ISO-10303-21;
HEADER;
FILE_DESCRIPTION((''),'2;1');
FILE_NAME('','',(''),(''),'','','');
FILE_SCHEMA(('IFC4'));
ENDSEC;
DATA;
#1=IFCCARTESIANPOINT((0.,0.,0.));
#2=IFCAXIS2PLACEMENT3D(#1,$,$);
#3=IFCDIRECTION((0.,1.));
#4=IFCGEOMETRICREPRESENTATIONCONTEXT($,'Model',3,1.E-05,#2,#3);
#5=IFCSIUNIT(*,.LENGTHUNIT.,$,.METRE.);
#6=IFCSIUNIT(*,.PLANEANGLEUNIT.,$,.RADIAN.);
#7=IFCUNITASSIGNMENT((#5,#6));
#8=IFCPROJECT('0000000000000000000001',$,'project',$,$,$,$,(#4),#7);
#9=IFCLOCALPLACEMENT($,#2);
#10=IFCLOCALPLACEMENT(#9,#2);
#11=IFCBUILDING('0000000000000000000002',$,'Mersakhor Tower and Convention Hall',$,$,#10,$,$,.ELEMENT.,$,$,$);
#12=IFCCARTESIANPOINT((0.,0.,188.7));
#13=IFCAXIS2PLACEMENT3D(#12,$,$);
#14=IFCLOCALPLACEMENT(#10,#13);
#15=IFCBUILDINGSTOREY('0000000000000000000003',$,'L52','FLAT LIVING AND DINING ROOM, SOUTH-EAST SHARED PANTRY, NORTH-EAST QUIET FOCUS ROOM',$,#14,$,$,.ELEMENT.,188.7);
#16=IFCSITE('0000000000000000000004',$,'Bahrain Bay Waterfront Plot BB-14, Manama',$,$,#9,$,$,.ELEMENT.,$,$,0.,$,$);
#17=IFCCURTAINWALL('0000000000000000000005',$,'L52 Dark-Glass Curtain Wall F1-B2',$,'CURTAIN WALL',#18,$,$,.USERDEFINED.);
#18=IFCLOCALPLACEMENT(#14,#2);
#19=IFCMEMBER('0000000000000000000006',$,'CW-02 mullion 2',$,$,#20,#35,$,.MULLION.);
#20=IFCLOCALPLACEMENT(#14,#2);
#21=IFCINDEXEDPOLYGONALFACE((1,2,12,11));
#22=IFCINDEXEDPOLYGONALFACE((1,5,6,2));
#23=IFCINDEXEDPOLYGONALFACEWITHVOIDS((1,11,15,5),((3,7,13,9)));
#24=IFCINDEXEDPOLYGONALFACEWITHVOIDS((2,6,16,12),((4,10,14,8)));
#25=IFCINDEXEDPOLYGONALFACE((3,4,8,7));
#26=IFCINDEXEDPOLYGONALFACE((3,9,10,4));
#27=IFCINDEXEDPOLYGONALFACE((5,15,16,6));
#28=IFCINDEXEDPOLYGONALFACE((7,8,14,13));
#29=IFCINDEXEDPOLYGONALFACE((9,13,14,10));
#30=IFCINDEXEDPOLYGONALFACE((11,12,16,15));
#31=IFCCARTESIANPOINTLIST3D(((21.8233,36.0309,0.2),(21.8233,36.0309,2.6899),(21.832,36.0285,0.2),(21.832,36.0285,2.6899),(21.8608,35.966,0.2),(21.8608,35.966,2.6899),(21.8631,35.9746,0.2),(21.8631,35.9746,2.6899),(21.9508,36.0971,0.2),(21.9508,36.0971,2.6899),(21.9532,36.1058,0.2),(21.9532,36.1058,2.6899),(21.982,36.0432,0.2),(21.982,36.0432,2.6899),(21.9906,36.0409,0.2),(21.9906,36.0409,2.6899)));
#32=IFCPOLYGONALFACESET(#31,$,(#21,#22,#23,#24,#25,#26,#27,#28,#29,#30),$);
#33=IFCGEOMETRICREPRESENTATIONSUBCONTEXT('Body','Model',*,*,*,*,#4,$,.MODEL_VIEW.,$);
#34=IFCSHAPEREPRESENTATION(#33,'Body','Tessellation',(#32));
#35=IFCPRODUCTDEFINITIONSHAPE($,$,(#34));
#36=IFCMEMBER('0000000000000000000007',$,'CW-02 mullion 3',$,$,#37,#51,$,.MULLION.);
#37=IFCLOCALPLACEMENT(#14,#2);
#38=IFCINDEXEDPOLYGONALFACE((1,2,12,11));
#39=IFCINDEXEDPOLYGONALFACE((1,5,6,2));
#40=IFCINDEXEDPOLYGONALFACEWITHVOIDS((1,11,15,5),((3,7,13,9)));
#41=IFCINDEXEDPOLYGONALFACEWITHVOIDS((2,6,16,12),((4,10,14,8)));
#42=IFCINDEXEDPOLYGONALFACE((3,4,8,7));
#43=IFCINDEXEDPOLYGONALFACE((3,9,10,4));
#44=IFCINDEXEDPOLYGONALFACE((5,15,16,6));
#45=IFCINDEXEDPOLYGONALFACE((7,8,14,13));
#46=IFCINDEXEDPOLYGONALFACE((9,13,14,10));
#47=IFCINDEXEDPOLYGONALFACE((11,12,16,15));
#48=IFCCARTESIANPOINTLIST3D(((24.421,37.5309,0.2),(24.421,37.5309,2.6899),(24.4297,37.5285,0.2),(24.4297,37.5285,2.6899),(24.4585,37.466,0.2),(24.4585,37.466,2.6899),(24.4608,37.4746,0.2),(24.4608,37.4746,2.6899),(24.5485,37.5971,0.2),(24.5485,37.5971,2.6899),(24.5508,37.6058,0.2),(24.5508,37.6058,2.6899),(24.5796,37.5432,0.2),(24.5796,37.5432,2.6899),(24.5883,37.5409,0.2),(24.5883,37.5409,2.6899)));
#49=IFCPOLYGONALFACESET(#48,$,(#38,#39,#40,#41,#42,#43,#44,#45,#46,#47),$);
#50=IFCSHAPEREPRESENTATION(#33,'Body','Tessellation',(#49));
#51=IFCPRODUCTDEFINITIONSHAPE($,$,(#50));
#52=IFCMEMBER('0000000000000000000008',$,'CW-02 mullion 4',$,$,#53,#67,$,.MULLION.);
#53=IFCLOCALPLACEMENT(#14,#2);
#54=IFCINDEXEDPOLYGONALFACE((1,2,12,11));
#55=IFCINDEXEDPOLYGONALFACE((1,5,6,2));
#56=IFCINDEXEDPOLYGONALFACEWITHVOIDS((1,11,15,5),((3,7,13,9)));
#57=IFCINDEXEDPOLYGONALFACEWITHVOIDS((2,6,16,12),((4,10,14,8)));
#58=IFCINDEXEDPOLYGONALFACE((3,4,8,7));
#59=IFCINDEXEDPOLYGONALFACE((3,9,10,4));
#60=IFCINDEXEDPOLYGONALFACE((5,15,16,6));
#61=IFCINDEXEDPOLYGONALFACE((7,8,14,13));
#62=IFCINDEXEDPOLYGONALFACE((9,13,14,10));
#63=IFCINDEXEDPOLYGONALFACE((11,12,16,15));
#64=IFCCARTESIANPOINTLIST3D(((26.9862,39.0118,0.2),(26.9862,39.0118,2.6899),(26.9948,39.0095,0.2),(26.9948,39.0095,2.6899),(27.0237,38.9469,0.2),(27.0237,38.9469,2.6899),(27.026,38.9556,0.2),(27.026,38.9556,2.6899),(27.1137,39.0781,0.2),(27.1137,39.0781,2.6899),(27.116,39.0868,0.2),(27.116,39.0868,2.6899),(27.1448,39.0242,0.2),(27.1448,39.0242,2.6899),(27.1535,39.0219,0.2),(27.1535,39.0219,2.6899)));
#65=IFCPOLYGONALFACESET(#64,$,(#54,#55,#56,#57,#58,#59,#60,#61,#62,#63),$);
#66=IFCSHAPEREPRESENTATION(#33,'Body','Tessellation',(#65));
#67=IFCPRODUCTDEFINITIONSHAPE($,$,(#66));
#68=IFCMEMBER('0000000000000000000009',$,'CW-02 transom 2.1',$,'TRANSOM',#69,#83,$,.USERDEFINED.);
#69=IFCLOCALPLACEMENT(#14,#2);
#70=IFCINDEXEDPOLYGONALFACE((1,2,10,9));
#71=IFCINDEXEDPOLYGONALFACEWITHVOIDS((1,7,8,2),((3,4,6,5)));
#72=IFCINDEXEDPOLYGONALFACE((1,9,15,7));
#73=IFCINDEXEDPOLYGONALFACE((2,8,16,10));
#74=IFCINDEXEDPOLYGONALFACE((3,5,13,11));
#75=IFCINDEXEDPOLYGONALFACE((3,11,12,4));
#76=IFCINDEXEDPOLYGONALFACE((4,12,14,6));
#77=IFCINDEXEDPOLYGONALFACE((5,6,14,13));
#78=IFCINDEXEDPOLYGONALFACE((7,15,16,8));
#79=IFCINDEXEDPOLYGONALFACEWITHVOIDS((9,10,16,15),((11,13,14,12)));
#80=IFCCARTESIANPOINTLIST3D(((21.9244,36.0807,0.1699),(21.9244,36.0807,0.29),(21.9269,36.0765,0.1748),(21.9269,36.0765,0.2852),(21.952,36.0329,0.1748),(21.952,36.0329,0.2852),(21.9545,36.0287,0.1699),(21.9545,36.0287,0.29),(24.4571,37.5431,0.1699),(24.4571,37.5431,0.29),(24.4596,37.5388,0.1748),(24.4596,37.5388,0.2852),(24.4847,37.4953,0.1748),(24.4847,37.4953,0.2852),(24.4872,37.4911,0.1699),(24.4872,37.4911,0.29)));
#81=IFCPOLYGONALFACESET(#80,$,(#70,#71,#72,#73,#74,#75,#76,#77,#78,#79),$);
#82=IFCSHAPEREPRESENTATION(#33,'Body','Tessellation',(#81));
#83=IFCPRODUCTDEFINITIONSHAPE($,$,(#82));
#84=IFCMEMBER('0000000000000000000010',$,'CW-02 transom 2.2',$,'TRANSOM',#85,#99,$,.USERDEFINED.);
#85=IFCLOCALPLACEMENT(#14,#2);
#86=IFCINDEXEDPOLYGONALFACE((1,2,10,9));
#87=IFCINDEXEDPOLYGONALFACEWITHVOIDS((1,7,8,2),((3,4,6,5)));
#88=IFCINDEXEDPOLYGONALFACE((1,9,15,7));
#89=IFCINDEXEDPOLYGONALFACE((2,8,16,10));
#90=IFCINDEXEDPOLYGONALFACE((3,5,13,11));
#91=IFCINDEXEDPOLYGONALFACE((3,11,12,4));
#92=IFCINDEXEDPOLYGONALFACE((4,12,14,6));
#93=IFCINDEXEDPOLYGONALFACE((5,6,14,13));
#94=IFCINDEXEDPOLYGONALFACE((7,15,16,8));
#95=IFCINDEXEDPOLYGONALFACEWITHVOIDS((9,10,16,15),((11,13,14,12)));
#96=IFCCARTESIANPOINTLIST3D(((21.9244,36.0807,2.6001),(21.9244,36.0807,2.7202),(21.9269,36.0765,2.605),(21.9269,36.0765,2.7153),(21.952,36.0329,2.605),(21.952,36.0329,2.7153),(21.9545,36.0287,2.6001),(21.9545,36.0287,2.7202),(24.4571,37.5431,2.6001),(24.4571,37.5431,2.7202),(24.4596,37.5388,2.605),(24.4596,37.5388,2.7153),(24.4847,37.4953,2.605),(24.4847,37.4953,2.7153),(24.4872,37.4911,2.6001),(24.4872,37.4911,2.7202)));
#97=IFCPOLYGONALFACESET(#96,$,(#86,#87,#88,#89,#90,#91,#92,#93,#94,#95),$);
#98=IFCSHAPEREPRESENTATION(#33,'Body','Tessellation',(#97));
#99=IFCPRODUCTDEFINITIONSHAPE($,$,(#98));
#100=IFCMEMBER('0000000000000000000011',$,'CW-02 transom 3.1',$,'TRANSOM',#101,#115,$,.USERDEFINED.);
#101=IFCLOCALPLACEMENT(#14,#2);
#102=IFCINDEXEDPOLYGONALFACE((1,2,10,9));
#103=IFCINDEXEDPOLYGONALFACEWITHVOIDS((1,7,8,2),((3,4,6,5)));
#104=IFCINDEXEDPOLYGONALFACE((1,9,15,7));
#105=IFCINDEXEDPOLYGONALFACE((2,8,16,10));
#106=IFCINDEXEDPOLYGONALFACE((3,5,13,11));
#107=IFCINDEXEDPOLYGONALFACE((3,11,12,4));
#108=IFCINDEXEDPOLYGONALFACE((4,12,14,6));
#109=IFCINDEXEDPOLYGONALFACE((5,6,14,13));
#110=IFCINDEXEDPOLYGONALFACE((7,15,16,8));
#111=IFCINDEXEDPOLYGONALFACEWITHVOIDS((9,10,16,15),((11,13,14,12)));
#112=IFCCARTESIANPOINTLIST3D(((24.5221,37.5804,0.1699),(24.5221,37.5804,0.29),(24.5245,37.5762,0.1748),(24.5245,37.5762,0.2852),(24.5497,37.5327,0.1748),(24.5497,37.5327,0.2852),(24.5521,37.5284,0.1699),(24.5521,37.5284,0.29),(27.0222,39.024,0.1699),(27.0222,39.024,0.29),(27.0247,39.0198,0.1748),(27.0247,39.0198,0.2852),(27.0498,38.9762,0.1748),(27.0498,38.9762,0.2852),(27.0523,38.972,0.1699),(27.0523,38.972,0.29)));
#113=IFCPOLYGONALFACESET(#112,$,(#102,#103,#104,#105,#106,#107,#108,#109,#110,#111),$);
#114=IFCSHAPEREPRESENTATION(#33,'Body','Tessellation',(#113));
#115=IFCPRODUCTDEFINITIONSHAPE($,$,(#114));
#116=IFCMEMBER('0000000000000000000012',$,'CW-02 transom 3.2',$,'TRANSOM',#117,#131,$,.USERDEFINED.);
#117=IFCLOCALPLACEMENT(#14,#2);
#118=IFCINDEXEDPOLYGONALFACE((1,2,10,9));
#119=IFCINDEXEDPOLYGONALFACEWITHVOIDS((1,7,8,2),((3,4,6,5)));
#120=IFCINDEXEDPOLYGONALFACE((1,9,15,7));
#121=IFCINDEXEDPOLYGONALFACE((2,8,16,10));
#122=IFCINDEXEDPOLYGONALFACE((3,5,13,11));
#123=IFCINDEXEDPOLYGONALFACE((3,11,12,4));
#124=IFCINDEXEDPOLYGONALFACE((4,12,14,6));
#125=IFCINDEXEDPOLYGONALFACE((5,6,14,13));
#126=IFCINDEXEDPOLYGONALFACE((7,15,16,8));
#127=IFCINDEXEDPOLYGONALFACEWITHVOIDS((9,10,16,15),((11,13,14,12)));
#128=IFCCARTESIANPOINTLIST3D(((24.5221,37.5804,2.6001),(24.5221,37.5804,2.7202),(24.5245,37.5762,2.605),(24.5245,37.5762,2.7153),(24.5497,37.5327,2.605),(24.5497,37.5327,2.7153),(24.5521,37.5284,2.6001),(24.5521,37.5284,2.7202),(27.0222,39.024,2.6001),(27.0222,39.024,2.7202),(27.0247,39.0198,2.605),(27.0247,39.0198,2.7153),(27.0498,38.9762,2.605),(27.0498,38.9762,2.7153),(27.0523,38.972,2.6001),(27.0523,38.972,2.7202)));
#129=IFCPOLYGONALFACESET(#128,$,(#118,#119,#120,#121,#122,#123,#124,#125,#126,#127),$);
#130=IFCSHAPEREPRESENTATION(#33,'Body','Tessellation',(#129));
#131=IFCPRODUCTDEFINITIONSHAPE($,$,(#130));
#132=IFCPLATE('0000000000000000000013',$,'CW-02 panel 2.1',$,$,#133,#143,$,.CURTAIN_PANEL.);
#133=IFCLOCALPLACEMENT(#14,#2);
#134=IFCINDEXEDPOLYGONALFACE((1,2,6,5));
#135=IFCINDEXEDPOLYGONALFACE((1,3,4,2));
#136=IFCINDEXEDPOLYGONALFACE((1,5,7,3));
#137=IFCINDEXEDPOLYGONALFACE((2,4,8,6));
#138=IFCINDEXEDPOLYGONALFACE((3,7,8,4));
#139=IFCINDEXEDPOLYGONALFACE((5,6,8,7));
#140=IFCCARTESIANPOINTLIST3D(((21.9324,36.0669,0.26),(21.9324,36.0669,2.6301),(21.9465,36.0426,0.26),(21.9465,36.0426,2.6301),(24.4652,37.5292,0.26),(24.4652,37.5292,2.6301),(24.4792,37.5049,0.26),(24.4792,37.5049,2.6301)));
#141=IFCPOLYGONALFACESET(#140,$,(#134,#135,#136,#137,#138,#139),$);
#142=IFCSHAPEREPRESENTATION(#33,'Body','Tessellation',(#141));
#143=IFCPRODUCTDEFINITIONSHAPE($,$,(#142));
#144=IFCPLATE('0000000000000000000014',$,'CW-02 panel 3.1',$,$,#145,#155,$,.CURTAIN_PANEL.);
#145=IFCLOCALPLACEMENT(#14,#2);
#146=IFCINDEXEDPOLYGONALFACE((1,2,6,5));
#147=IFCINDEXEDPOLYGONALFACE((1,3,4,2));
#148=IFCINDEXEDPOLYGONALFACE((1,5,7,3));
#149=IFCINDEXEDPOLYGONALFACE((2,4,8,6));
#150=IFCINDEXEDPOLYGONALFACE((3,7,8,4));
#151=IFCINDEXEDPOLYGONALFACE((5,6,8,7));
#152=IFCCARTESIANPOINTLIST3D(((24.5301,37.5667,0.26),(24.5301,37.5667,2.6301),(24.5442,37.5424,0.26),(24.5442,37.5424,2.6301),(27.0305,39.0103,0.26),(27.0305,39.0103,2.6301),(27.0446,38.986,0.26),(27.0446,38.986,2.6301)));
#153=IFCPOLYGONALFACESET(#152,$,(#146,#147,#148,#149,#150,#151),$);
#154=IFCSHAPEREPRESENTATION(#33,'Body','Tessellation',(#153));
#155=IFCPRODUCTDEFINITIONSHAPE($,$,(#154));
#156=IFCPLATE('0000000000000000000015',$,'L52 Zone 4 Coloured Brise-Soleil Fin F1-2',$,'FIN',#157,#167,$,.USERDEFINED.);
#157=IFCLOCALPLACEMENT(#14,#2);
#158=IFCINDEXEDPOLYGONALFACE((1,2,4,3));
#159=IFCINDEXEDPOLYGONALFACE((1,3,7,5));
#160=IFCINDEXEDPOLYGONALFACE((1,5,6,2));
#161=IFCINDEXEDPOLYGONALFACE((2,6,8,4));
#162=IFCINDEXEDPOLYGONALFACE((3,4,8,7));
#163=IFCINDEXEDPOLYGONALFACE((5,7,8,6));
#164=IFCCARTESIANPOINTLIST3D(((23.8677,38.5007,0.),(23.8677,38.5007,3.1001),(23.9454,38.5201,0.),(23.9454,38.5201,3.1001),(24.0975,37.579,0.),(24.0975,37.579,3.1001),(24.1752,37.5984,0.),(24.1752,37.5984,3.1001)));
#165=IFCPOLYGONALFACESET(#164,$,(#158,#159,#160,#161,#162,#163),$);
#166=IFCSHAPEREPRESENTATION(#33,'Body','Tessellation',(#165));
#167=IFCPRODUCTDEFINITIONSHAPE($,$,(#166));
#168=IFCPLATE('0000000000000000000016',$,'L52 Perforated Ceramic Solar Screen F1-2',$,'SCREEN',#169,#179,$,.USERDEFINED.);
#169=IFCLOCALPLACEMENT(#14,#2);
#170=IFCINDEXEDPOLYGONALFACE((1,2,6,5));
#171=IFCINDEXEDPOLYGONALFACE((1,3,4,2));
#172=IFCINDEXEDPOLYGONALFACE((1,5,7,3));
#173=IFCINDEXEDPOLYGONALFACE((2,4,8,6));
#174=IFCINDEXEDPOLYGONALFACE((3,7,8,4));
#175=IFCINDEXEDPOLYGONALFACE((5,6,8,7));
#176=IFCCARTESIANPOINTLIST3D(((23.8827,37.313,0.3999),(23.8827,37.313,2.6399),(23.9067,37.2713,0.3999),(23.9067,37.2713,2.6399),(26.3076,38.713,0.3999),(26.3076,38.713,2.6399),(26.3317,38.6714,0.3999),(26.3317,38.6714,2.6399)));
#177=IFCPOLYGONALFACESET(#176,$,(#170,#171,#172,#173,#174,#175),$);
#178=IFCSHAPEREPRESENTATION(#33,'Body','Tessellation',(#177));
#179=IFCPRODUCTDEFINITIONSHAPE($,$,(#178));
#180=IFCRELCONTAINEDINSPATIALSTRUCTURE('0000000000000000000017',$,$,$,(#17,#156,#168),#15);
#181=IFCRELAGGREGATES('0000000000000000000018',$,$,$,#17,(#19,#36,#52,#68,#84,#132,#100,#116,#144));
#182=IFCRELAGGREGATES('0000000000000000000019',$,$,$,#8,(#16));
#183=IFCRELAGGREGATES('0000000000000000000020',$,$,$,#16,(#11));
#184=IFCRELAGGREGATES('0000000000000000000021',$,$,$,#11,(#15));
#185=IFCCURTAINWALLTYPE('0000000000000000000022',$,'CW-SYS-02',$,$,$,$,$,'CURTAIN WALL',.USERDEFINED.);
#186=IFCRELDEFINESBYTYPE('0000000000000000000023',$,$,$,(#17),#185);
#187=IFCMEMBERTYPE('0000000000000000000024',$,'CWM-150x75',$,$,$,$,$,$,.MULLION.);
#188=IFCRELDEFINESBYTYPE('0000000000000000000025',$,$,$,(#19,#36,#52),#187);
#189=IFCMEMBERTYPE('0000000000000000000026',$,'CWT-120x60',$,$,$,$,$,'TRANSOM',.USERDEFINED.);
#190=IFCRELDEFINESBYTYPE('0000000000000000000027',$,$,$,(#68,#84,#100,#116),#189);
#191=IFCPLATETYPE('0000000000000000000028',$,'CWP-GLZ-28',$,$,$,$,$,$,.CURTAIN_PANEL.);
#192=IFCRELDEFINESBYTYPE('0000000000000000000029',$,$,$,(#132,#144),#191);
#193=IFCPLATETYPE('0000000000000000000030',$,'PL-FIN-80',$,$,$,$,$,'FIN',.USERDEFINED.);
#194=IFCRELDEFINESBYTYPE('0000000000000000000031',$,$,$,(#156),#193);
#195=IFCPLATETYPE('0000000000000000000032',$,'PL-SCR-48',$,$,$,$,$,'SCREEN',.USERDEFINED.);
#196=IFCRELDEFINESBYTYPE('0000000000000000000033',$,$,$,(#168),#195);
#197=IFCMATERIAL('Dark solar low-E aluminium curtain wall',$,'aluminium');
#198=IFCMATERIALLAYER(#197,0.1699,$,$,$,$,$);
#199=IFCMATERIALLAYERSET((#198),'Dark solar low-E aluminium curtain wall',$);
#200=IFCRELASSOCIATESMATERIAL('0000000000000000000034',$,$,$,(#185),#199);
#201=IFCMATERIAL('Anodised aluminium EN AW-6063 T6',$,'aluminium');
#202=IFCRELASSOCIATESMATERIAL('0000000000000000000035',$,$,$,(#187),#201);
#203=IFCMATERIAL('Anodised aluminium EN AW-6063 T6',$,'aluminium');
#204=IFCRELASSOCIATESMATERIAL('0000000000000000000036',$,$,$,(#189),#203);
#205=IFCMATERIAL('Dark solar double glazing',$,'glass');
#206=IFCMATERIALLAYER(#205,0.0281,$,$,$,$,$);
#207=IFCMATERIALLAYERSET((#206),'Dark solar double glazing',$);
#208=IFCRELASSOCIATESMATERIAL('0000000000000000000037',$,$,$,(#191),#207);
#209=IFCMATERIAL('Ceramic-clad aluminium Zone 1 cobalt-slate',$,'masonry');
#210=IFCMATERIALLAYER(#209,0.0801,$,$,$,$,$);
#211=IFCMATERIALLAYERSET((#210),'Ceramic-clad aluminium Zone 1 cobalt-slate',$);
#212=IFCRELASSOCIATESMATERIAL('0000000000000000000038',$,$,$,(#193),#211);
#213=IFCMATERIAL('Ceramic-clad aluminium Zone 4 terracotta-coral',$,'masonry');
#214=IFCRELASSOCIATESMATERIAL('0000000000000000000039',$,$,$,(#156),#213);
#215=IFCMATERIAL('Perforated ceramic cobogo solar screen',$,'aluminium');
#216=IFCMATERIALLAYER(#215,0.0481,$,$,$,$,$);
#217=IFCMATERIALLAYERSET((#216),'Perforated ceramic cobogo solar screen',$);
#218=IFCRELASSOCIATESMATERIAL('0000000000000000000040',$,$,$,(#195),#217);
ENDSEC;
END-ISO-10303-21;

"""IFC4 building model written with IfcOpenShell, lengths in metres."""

from ifc_helpers import new_model, si_unit, direction, frame, origin, origin_2d, place, context, subcontext, project, spatial, rectangle, hollow_rectangle, extrude, material, layer, layer_set, material_profile, profile_set, type_object, element, aggregate, save


model = new_model("IFC4")

# Units and contexts
model_context = context("Model", 3, precision=1e-05, world=origin(), true_north=direction((0.0, 1.0)))
body_context = subcontext(model_context, "Body", "Model", "MODEL_VIEW")
ifc_project = project(units=[si_unit("LENGTHUNIT", "METRE"), si_unit("PLANEANGLEUNIT", "RADIAN")], contexts=[model_context])

# Site, building, storey
site_placement = place(None, origin())
site = spatial("IfcSite", under=ifc_project, at=site_placement, Name="Bahrain Bay Waterfront Plot BB-14, Manama", CompositionType="ELEMENT", RefElevation=0.0)
building_placement = place(site_placement, origin())
building = spatial("IfcBuilding", under=site, at=building_placement, Name="Mersakhor Tower and Convention Hall", CompositionType="ELEMENT")
storey_placement = place(building_placement, frame((0.0, 0.0, 188.7)))
storey = spatial("IfcBuildingStorey", under=building, at=storey_placement, Name="L52", Description="FLAT LIVING AND DINING ROOM, SOUTH-EAST SHARED PANTRY, NORTH-EAST QUIET FOCUS ROOM", CompositionType="ELEMENT", Elevation=188.7)

# Curtain wall, members, plates
ifc_material_1 = material(Name="Dark solar low-E aluminium curtain wall", Category="aluminium")
ifc_layer_1 = layer(ifc_material_1, 0.1699)
ifc_layer_set_1 = layer_set([ifc_layer_1], Name="Dark solar low-E aluminium curtain wall")
curtain_wall_type = type_object("IfcCurtainWallType", Name="CW-SYS-02", ElementType="CURTAIN WALL", PredefinedType="USERDEFINED", material=ifc_layer_set_1)
curtain_wall_placement = place(storey_placement, origin())
curtain_wall = element("IfcCurtainWall", 1, at=curtain_wall_placement, inside=storey, type_object=curtain_wall_type, Name="L52 Dark-Glass Curtain Wall F1-B2", ObjectType="CURTAIN WALL", PredefinedType="USERDEFINED")
ifc_material_2 = material(Name="Anodised aluminium EN AW-6063 T6", Category="aluminium")
ifc_material_profile_1 = material_profile(ifc_material_2, hollow_rectangle(XDim=0.075, YDim=0.1499, WallThickness=0.0063, at=origin_2d()), Name="RHS 150x75x6.3")
ifc_profile_set_1 = profile_set([ifc_material_profile_1], Name="Anodised aluminium EN AW-6063 T6")
member_type_1 = type_object("IfcMemberType", Name="CWM-150x75", PredefinedType="MULLION", material=ifc_profile_set_1)
member_1_placement = place(storey_placement, frame((21.907, 36.0359, 0.2), z_axis=(0.0, 0.0, 1.0), x_axis=(-0.500008, 0.866021, 0.0)))
member_1 = element("IfcMember", 2, at=member_1_placement, type_object=member_type_1, Name="CW-02 mullion 2", PredefinedType="MULLION", context=body_context, shape_type="SweptSolid", body=[
    extrude(hollow_rectangle(XDim=0.075, YDim=0.1499, WallThickness=0.0063, at=origin_2d()), origin(), (0.0, 0.0, 1.0), 2.49),
])
member_2_placement = place(storey_placement, frame((24.5046, 37.5359, 0.2), z_axis=(0.0, 0.0, 1.0), x_axis=(-0.500008, 0.866021, 0.0)))
member_2 = element("IfcMember", 3, at=member_2_placement, type_object=member_type_1, Name="CW-02 mullion 3", PredefinedType="MULLION", context=body_context, shape_type="SweptSolid", body=[
    extrude(hollow_rectangle(XDim=0.075, YDim=0.1499, WallThickness=0.0063, at=origin_2d()), origin(), (0.0, 0.0, 1.0), 2.49),
])
member_3_placement = place(storey_placement, frame((27.0698, 39.0168, 0.2), z_axis=(0.0, 0.0, 1.0), x_axis=(-0.500008, 0.866021, 0.0)))
member_3 = element("IfcMember", 4, at=member_3_placement, type_object=member_type_1, Name="CW-02 mullion 4", PredefinedType="MULLION", context=body_context, shape_type="SweptSolid", body=[
    extrude(hollow_rectangle(XDim=0.075, YDim=0.1499, WallThickness=0.0063, at=origin_2d()), origin(), (0.0, 0.0, 1.0), 2.49),
])
ifc_material_3 = material(Name="Anodised aluminium EN AW-6063 T6", Category="aluminium")
ifc_material_profile_2 = material_profile(ifc_material_3, hollow_rectangle(XDim=0.0601, YDim=0.1201, WallThickness=0.0049, at=origin_2d()), Name="RHS 120x60x5")
ifc_profile_set_2 = profile_set([ifc_material_profile_2], Name="Anodised aluminium EN AW-6063 T6")
member_type_2 = type_object("IfcMemberType", Name="CWT-120x60", ElementType="TRANSOM", PredefinedType="USERDEFINED", material=ifc_profile_set_2)
member_4_placement = place(storey_placement, frame((21.9395, 36.0547, 0.23), z_axis=(0.866005, 0.500036, 0.0), x_axis=(-0.500036, 0.866005, 0.0)))
member_4 = element("IfcMember", 5, at=member_4_placement, type_object=member_type_2, Name="CW-02 transom 2.1", ObjectType="TRANSOM", PredefinedType="USERDEFINED", context=body_context, shape_type="SweptSolid", body=[
    extrude(hollow_rectangle(XDim=0.0601, YDim=0.1201, WallThickness=0.0049, at=origin_2d()), origin(), (0.0, 0.0, 1.0), 2.9246),
])
member_5_placement = place(storey_placement, frame((21.9395, 36.0547, 2.6602), z_axis=(0.866005, 0.500036, 0.0), x_axis=(-0.500036, 0.866005, 0.0)))
member_5 = element("IfcMember", 6, at=member_5_placement, type_object=member_type_2, Name="CW-02 transom 2.2", ObjectType="TRANSOM", PredefinedType="USERDEFINED", context=body_context, shape_type="SweptSolid", body=[
    extrude(hollow_rectangle(XDim=0.0601, YDim=0.1201, WallThickness=0.0049, at=origin_2d()), origin(), (0.0, 0.0, 1.0), 2.9246),
])
member_6_placement = place(storey_placement, frame((24.5371, 37.5544, 0.23), z_axis=(0.866012, 0.500023, 0.0), x_axis=(-0.500023, 0.866012, 0.0)))
member_6 = element("IfcMember", 7, at=member_6_placement, type_object=member_type_2, Name="CW-02 transom 3.1", ObjectType="TRANSOM", PredefinedType="USERDEFINED", context=body_context, shape_type="SweptSolid", body=[
    extrude(hollow_rectangle(XDim=0.0601, YDim=0.1201, WallThickness=0.0049, at=origin_2d()), origin(), (0.0, 0.0, 1.0), 2.887),
])
member_7_placement = place(storey_placement, frame((24.5371, 37.5544, 2.6602), z_axis=(0.866012, 0.500023, 0.0), x_axis=(-0.500023, 0.866012, 0.0)))
member_7 = element("IfcMember", 8, at=member_7_placement, type_object=member_type_2, Name="CW-02 transom 3.2", ObjectType="TRANSOM", PredefinedType="USERDEFINED", context=body_context, shape_type="SweptSolid", body=[
    extrude(hollow_rectangle(XDim=0.0601, YDim=0.1201, WallThickness=0.0049, at=origin_2d()), origin(), (0.0, 0.0, 1.0), 2.887),
])
ifc_material_4 = material(Name="Dark solar double glazing", Category="glass")
ifc_layer_2 = layer(ifc_material_4, 0.0281)
ifc_layer_set_2 = layer_set([ifc_layer_2], Name="Dark solar double glazing")
plate_type_1 = type_object("IfcPlateType", Name="CWP-GLZ-28", PredefinedType="CURTAIN_PANEL", material=ifc_layer_set_2)
plate_1_placement = place(storey_placement, frame((23.2058, 36.7859, 0.26), z_axis=(0.0, 0.0, 1.0), x_axis=(0.866021, 0.500008, 0.0)))
plate_1 = element("IfcPlate", 9, at=plate_1_placement, type_object=plate_type_1, Name="CW-02 panel 2.1", PredefinedType="CURTAIN_PANEL", context=body_context, shape_type="SweptSolid", body=[
    extrude(rectangle(XDim=2.9246, YDim=0.0281, at=origin_2d()), origin(), (0.0, 0.0, 1.0), 2.3701),
])
plate_2_placement = place(storey_placement, frame((25.7874, 38.2764, 0.26), z_axis=(0.0, 0.0, 1.0), x_axis=(0.866021, 0.500008, 0.0)))
plate_2 = element("IfcPlate", 10, at=plate_2_placement, type_object=plate_type_1, Name="CW-02 panel 3.1", PredefinedType="CURTAIN_PANEL", context=body_context, shape_type="SweptSolid", body=[
    extrude(rectangle(XDim=2.8872, YDim=0.0281, at=origin_2d()), origin(), (0.0, 0.0, 1.0), 2.3701),
])
aggregate(curtain_wall, [member_1, member_2, member_3, member_4, member_5, plate_1, member_6, member_7, plate_2])

# Plates
ifc_material_5 = material(Name="Ceramic-clad aluminium Zone 4 terracotta-coral", Category="masonry")
ifc_material_6 = material(Name="Ceramic-clad aluminium Zone 1 cobalt-slate", Category="masonry")
ifc_layer_3 = layer(ifc_material_6, 0.0801)
ifc_layer_set_3 = layer_set([ifc_layer_3], Name="Ceramic-clad aluminium Zone 1 cobalt-slate")
plate_type_2 = type_object("IfcPlateType", Name="PL-FIN-80", ElementType="FIN", PredefinedType="USERDEFINED", material=ifc_layer_set_3)
plate_3_placement = place(storey_placement, frame((24.0215, 38.0496, 0.0), z_axis=(0.0, 0.0, 1.0), x_axis=(-0.241922, 0.970296, 0.0)))
element("IfcPlate", 11, at=plate_3_placement, inside=storey, type_object=plate_type_2, material=ifc_material_5, Name="L52 Zone 4 Coloured Brise-Soleil Fin F1-2", ObjectType="FIN", PredefinedType="USERDEFINED", context=body_context, shape_type="SweptSolid", body=[
    extrude(rectangle(XDim=0.95, YDim=0.0801, at=origin_2d()), origin(), (0.0, 0.0, 1.0), 3.1001),
])
ifc_material_7 = material(Name="Perforated ceramic cobogo solar screen", Category="aluminium")
ifc_layer_4 = layer(ifc_material_7, 0.0481)
ifc_layer_set_4 = layer_set([ifc_layer_4], Name="Perforated ceramic cobogo solar screen")
plate_type_3 = type_object("IfcPlateType", Name="PL-SCR-48", ElementType="SCREEN", PredefinedType="USERDEFINED", material=ifc_layer_set_4)
plate_4_placement = place(storey_placement, frame((25.1072, 37.9922, 0.3999), z_axis=(0.0, 0.0, 1.0), x_axis=(0.866025, 0.5, 0.0)))
element("IfcPlate", 12, at=plate_4_placement, inside=storey, type_object=plate_type_3, Name="L52 Perforated Ceramic Solar Screen F1-2", ObjectType="SCREEN", PredefinedType="USERDEFINED", context=body_context, shape_type="SweptSolid", body=[
    extrude(rectangle(XDim=2.8, YDim=0.0481, at=origin_2d()), origin(), (0.0, 0.0, 1.0), 2.24),
])

save(model, "model.ifc")
